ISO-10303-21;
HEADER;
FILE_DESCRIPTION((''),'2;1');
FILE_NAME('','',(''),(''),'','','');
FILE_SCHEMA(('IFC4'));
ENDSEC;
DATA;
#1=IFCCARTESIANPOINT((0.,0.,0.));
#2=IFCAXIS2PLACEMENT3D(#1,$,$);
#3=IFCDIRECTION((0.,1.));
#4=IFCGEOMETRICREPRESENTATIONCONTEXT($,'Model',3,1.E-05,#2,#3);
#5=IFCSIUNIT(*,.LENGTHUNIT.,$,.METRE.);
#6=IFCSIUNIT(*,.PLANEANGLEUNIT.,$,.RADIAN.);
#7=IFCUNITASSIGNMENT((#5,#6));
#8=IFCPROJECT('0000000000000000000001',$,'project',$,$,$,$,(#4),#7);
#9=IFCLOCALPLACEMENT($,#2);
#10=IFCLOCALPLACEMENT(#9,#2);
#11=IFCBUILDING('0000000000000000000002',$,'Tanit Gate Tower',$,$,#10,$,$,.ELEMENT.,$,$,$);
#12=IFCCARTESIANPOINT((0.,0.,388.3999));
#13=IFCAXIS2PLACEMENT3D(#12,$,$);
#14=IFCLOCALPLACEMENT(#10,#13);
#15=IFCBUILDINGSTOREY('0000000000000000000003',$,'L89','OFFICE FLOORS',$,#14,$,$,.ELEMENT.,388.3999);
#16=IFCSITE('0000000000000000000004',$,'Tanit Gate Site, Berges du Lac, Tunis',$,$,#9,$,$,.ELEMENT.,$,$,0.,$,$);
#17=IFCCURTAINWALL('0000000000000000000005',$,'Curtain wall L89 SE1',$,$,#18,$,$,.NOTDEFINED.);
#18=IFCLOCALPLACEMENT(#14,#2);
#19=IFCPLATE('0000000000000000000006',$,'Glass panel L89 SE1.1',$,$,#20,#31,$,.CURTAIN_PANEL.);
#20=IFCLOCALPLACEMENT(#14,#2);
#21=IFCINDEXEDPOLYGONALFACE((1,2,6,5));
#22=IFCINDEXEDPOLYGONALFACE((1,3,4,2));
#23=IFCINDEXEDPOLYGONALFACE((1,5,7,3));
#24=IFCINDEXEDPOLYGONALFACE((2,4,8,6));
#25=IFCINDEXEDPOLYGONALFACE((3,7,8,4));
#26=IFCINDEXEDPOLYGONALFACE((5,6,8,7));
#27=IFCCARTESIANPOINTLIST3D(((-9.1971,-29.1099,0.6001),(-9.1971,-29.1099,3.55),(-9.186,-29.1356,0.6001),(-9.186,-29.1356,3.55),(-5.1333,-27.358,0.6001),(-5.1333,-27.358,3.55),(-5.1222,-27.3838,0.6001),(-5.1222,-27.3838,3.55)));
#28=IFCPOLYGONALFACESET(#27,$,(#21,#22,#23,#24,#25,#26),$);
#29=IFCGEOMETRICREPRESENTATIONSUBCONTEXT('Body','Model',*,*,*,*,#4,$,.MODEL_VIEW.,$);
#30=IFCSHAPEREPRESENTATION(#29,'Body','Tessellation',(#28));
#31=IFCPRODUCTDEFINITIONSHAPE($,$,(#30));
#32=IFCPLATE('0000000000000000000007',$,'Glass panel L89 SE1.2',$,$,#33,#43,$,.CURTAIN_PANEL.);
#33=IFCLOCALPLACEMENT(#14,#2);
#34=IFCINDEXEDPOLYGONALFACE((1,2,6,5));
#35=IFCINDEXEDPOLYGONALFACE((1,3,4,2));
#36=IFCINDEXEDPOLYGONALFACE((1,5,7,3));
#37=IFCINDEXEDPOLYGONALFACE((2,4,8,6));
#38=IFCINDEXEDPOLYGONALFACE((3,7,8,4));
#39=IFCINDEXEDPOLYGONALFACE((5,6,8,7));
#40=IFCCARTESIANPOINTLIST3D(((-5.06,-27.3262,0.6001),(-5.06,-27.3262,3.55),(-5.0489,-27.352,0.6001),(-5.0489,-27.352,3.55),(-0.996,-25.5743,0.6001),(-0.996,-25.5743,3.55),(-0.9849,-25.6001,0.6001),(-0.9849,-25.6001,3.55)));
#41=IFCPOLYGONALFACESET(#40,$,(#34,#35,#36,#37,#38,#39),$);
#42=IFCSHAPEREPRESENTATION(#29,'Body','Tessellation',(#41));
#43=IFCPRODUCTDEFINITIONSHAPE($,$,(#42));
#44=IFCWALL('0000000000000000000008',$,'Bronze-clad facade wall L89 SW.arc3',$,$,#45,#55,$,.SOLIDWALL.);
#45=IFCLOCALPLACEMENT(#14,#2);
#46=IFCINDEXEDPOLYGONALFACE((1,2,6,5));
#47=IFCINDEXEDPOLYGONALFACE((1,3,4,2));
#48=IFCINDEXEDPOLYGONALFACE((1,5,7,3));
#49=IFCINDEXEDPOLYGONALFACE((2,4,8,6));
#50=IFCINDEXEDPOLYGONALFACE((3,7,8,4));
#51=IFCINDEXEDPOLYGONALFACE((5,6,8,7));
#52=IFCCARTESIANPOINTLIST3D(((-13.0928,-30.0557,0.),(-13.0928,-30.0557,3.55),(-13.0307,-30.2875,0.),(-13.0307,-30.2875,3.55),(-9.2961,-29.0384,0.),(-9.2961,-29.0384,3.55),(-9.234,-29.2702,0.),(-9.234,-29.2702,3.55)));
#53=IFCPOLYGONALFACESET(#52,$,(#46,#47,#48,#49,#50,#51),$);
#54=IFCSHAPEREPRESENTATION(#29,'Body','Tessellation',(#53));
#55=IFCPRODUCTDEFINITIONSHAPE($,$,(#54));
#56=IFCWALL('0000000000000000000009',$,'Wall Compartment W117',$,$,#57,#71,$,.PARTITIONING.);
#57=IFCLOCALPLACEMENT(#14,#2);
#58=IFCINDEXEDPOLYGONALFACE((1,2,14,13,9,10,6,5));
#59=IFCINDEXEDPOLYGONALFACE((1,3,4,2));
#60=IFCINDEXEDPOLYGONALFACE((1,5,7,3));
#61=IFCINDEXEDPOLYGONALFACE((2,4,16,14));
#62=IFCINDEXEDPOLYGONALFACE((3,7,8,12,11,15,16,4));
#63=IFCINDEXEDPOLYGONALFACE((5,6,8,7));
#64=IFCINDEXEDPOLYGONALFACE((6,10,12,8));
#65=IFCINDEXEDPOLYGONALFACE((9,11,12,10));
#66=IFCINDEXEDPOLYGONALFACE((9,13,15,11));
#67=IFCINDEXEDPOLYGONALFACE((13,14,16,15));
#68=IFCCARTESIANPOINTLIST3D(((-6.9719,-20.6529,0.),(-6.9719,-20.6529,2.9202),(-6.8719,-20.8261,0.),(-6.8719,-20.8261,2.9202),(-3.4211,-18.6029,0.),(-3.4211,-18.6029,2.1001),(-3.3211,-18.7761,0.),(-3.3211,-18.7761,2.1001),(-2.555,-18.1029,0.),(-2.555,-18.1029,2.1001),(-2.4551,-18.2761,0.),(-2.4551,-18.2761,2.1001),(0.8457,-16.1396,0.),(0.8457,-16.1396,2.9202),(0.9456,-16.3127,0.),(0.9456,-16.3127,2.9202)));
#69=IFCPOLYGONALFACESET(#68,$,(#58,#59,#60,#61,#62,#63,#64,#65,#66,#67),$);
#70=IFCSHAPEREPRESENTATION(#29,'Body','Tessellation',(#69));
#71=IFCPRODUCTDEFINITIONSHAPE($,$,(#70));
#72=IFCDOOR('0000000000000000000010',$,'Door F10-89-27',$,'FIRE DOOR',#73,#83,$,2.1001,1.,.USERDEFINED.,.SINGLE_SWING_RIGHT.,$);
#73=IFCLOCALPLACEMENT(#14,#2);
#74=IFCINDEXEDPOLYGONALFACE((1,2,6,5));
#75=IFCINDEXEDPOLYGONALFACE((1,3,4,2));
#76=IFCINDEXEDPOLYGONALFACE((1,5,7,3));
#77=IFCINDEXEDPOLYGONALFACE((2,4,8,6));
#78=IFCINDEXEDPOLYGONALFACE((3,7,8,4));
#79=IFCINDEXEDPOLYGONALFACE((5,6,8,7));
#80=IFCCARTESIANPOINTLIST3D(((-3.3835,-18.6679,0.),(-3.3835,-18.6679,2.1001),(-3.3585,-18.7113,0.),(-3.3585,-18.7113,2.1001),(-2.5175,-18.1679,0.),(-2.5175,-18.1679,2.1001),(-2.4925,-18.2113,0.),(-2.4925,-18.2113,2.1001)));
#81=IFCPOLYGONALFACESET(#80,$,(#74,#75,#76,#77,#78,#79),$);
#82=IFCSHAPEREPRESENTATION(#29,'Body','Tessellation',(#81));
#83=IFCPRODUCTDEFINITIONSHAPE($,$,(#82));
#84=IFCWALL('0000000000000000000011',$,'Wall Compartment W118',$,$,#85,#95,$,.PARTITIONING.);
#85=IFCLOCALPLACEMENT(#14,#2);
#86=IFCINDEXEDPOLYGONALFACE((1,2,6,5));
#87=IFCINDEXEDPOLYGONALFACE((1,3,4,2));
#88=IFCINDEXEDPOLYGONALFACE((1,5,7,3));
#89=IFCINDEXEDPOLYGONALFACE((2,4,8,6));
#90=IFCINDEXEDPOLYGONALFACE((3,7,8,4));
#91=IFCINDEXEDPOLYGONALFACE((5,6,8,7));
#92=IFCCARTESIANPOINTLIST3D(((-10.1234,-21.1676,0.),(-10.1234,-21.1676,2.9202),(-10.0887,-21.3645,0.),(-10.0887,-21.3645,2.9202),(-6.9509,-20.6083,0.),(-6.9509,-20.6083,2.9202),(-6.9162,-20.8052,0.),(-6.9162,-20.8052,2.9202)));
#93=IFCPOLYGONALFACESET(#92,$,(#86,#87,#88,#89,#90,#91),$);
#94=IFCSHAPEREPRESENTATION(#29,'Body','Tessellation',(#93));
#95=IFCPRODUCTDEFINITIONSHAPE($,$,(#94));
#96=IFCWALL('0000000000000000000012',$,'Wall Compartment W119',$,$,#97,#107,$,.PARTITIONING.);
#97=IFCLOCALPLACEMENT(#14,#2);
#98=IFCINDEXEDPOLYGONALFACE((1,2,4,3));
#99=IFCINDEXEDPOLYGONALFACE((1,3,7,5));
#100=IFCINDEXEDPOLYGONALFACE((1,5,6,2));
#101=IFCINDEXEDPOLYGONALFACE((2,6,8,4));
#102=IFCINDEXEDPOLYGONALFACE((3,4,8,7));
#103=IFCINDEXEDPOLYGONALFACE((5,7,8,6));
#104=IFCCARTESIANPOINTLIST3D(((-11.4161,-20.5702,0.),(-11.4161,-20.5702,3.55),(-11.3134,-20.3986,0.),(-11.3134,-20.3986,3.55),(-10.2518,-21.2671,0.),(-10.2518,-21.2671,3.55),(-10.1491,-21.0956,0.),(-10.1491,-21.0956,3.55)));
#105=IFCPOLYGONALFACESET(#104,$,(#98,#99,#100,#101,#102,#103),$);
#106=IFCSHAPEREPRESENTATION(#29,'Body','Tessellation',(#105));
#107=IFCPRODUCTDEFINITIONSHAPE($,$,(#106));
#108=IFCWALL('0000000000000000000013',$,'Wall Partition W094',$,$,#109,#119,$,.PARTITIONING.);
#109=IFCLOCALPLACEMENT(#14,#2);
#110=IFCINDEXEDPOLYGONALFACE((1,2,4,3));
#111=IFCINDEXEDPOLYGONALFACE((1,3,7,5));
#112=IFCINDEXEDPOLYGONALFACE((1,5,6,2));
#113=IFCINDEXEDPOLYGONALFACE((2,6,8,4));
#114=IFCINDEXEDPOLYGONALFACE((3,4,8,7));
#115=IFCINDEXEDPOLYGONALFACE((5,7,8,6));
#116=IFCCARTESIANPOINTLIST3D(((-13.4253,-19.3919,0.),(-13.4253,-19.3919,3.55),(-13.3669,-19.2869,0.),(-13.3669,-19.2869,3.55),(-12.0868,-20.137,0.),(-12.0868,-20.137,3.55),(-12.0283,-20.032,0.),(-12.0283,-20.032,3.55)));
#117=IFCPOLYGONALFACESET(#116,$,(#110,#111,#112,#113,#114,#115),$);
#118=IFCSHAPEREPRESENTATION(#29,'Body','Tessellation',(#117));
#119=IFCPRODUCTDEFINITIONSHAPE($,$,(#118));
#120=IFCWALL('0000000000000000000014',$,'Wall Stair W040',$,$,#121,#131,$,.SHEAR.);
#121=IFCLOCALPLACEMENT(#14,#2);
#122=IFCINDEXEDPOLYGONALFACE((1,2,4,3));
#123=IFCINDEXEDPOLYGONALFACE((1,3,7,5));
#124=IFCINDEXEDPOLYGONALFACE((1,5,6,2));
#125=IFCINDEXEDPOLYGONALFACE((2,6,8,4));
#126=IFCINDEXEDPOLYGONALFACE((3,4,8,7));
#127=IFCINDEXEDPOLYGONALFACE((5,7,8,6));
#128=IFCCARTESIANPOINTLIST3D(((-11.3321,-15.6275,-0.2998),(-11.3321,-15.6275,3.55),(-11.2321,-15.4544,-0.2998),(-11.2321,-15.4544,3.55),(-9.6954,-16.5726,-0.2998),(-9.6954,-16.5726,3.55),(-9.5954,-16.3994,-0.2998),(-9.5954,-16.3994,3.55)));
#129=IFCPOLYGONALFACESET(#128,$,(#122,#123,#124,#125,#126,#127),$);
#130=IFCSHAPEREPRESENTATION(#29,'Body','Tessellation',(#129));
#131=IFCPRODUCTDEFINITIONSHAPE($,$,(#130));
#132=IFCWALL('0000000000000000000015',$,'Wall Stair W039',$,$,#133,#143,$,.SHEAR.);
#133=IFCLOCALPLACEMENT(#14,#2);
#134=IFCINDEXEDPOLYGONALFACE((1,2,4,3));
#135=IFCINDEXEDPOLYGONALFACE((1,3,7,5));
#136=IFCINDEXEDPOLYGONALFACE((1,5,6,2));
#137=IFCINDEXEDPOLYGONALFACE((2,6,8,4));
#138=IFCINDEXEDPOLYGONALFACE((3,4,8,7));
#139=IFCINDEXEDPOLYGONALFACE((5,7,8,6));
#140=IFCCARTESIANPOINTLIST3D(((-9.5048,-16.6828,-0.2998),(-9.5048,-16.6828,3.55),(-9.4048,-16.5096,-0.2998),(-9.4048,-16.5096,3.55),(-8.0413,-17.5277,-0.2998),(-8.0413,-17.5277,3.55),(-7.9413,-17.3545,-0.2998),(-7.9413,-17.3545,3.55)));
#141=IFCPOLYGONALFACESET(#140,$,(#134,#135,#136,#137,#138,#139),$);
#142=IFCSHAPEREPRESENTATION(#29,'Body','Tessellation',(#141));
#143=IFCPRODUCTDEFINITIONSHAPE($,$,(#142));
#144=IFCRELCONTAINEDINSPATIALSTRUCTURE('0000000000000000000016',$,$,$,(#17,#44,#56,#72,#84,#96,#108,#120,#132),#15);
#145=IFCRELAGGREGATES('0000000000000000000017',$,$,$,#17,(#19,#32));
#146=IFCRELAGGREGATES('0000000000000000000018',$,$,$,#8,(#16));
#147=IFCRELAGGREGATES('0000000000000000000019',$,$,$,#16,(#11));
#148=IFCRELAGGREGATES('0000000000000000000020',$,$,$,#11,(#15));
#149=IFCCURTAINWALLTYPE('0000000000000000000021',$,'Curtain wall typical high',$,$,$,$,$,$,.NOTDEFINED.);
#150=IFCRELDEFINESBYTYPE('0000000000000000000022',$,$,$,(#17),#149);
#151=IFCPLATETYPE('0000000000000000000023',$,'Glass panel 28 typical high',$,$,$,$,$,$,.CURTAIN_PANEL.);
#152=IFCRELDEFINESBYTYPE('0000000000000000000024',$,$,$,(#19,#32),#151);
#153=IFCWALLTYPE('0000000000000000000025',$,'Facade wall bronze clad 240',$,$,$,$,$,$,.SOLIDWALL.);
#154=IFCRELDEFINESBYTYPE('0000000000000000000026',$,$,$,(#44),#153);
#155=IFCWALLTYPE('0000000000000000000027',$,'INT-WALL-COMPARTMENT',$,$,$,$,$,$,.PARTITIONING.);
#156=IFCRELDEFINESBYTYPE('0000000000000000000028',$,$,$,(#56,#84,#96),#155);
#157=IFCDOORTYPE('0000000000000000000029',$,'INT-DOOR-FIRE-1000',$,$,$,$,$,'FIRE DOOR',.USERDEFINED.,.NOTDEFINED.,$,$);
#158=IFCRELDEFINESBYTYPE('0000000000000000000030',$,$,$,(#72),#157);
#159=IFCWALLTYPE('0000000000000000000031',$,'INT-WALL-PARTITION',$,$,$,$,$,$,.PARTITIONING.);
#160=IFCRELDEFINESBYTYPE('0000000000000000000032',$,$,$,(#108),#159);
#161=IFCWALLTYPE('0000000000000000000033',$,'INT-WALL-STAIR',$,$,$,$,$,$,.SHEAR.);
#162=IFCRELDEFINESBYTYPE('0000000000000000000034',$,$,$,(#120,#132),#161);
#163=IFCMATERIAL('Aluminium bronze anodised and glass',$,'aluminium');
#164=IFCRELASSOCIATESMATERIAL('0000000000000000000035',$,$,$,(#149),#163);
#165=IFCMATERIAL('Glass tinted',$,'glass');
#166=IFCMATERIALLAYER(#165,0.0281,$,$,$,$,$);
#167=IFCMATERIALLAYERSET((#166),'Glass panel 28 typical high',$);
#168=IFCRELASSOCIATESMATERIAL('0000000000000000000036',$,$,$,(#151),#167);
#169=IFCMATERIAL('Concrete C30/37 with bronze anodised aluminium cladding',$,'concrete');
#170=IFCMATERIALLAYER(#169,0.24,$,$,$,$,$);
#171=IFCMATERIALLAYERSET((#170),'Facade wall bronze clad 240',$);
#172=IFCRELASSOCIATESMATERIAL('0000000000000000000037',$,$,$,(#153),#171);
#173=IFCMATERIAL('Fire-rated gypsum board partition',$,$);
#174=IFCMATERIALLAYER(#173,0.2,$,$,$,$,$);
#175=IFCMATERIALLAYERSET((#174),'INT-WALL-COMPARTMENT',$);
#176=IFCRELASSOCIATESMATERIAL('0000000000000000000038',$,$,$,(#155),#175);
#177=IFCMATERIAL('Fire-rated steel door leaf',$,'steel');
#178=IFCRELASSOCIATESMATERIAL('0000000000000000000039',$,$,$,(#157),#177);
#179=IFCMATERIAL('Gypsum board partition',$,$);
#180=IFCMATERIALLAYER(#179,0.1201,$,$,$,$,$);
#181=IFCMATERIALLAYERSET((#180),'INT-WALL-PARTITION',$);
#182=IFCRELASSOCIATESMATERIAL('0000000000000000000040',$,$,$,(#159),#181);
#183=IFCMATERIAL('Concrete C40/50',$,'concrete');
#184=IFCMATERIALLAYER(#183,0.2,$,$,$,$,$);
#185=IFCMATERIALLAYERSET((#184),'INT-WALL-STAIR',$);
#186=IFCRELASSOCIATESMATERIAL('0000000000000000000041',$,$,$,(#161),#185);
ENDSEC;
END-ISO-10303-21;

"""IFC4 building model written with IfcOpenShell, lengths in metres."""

from ifc_helpers import new_model, si_unit, direction, frame, frame_2d, origin, origin_2d, place, context, subcontext, project, spatial, rectangle, extrude, material, layer, layer_set, type_object, element, fill, aggregate, save


model = new_model("IFC4")

# Units and contexts
model_context = context("Model", 3, precision=1e-05, world=origin(), true_north=direction((0.0, 1.0)))
body_context = subcontext(model_context, "Body", "Model", "MODEL_VIEW")
ifc_project = project(units=[si_unit("LENGTHUNIT", "METRE"), si_unit("PLANEANGLEUNIT", "RADIAN")], contexts=[model_context])

# Site, building, storey
site_placement = place(None, origin())
site = spatial("IfcSite", under=ifc_project, at=site_placement, Name="Tanit Gate Site, Berges du Lac, Tunis", CompositionType="ELEMENT", RefElevation=0.0)
building_placement = place(site_placement, origin())
building = spatial("IfcBuilding", under=site, at=building_placement, Name="Tanit Gate Tower", CompositionType="ELEMENT")
storey_placement = place(building_placement, frame((0.0, 0.0, 388.3999)))
storey = spatial("IfcBuildingStorey", under=building, at=storey_placement, Name="L89", Description="OFFICE FLOORS", CompositionType="ELEMENT", Elevation=388.3999)

# Curtain wall
ifc_material_1 = material(Name="Aluminium bronze anodised and glass", Category="aluminium")
curtain_wall_type = type_object("IfcCurtainWallType", Name="Curtain wall typical high", PredefinedType="NOTDEFINED", material=ifc_material_1)
curtain_wall_placement = place(storey_placement, origin())
curtain_wall = element("IfcCurtainWall", 1, at=curtain_wall_placement, inside=storey, type_object=curtain_wall_type, Name="Curtain wall L89 SE1", PredefinedType="NOTDEFINED")

# Plates
ifc_material_2 = material(Name="Glass tinted", Category="glass")
ifc_layer_1 = layer(ifc_material_2, 0.0281)
ifc_layer_set_1 = layer_set([ifc_layer_1], Name="Glass panel 28 typical high")
plate_type = type_object("IfcPlateType", Name="Glass panel 28 typical high", PredefinedType="CURTAIN_PANEL", material=ifc_layer_set_1)
plate_1_placement = place(storey_placement, frame((-7.1597, -28.2468, 0.6001), z_axis=(0.0, 0.0, 1.0), x_axis=(0.918306, 0.395871, 0.0)))
plate_1 = element("IfcPlate", 2, at=plate_1_placement, type_object=plate_type, Name="Glass panel L89 SE1.1", PredefinedType="CURTAIN_PANEL", context=body_context, shape_type="SweptSolid", body=[
    extrude(rectangle(XDim=4.4253, YDim=0.0281, at=origin_2d()), origin(), (0.0, 0.0, 1.0), 2.95),
])
plate_2_placement = place(storey_placement, frame((-3.0225, -26.4631, 0.6001), z_axis=(0.0, 0.0, 1.0), x_axis=(0.918306, 0.395871, 0.0)))
plate_2 = element("IfcPlate", 3, at=plate_2_placement, type_object=plate_type, Name="Glass panel L89 SE1.2", PredefinedType="CURTAIN_PANEL", context=body_context, shape_type="SweptSolid", body=[
    extrude(rectangle(XDim=4.4255, YDim=0.0281, at=origin_2d()), origin(), (0.0, 0.0, 1.0), 2.95),
])
aggregate(curtain_wall, [plate_1, plate_2])

# Wall
ifc_material_3 = material(Name="Concrete C30/37 with bronze anodised aluminium cladding", Category="concrete")
ifc_layer_2 = layer(ifc_material_3, 0.24)
ifc_layer_set_2 = layer_set([ifc_layer_2], Name="Facade wall bronze clad 240")
wall_type_1 = type_object("IfcWallType", Name="Facade wall bronze clad 240", PredefinedType="SOLIDWALL", material=ifc_layer_set_2)
wall_1_placement = place(storey_placement, frame((-13.0618, -30.1716, 0.0), z_axis=(0.0, 0.0, 1.0), x_axis=(0.965924, 0.258826, 0.0)))
element("IfcWall", 4, at=wall_1_placement, inside=storey, type_object=wall_type_1, Name="Bronze-clad facade wall L89 SW.arc3", PredefinedType="SOLIDWALL", context=body_context, shape_type="SweptSolid", body=[
    extrude(rectangle(XDim=3.9307, YDim=0.24, at=frame_2d((1.9653, 0.0))), origin(), (0.0, 0.0, 1.0), 3.55),
])

# Wall, opening, door
ifc_material_4 = material(Name="Fire-rated gypsum board partition")
ifc_layer_3 = layer(ifc_material_4, 0.2)
ifc_layer_set_3 = layer_set([ifc_layer_3], Name="INT-WALL-COMPARTMENT")
wall_type_2 = type_object("IfcWallType", Name="INT-WALL-COMPARTMENT", PredefinedType="PARTITIONING", material=ifc_layer_set_3)
wall_2_placement = place(storey_placement, frame((-6.9219, -20.7395, 0.0), z_axis=(0.0, 0.0, 1.0), x_axis=(0.866029, 0.499993, 0.0)))
wall_2 = element("IfcWall", 5, at=wall_2_placement, inside=storey, type_object=wall_type_2, Name="Wall Compartment W117", PredefinedType="PARTITIONING", context=body_context, shape_type="SweptSolid", body=[
    extrude(rectangle(XDim=9.0269, YDim=0.2, at=frame_2d((4.5134, 0.0))), origin(), (0.0, 0.0, 1.0), 2.9202),
])
opening_1_placement = place(wall_2_placement, frame((4.1001, 0.0, 0.0)))
opening_1 = element("IfcOpeningElement", 6, at=opening_1_placement, cuts=wall_2, PredefinedType="OPENING", context=body_context, shape_type="SweptSolid", body=[
    extrude(rectangle(XDim=1.0, YDim=2.1001, at=frame_2d((0.5, 1.05))), frame((0.0, 0.1099, 0.0), z_axis=(0.0, -1.0, 0.0), x_axis=(1.0, 0.0, 0.0)), (0.0, 0.0, 1.0), 0.22),
])
ifc_material_5 = material(Name="Fire-rated steel door leaf", Category="steel")
door_type_1 = type_object("IfcDoorType", Name="INT-DOOR-FIRE-1000", ElementType="FIRE DOOR", OperationType="NOTDEFINED", PredefinedType="USERDEFINED", material=ifc_material_5)
door_1_placement = place(opening_1_placement, origin())
door_1 = element("IfcDoor", 7, at=door_1_placement, inside=storey, type_object=door_type_1, Name="Door F10-89-27", ObjectType="FIRE DOOR", OperationType="SINGLE_SWING_RIGHT", OverallHeight=2.1001, OverallWidth=1.0, PredefinedType="USERDEFINED", context=body_context, shape_type="SweptSolid", body=[
    extrude(rectangle(XDim=1.0, YDim=2.1001, at=frame_2d((0.5, 1.05))), frame((0.0, 0.0249, 0.0), z_axis=(0.0, -1.0, 0.0), x_axis=(1.0, 0.0, 0.0)), (0.0, 0.0, 1.0), 0.05),
])
fill(opening_1, door_1)

# Walls
wall_3_placement = place(storey_placement, frame((-10.1062, -21.2661, 0.0), z_axis=(0.0, 0.0, 1.0), x_axis=(0.984813, 0.173621, 0.0)))
element("IfcWall", 8, at=wall_3_placement, inside=storey, type_object=wall_type_2, Name="Wall Compartment W118", PredefinedType="PARTITIONING", context=body_context, shape_type="SweptSolid", body=[
    extrude(rectangle(XDim=3.2214, YDim=0.2, at=frame_2d((1.6108, 0.0))), origin(), (0.0, 0.0, 1.0), 2.9202),
])
wall_4_placement = place(storey_placement, frame((-11.3647, -20.4844, 0.0), z_axis=(0.0, 0.0, 1.0), x_axis=(0.858, -0.513649, 0.0)))
element("IfcWall", 9, at=wall_4_placement, inside=storey, type_object=wall_type_2, Name="Wall Compartment W119", PredefinedType="PARTITIONING", context=body_context, shape_type="SweptSolid", body=[
    extrude(rectangle(XDim=1.3569, YDim=0.2, at=frame_2d((0.6785, 0.0))), origin(), (0.0, 0.0, 1.0), 3.55),
])
ifc_material_6 = material(Name="Gypsum board partition")
ifc_layer_4 = layer(ifc_material_6, 0.1201)
ifc_layer_set_4 = layer_set([ifc_layer_4], Name="INT-WALL-PARTITION")
wall_type_3 = type_object("IfcWallType", Name="INT-WALL-PARTITION", PredefinedType="PARTITIONING", material=ifc_layer_set_4)
wall_5_placement = place(storey_placement, frame((-13.3962, -19.3394, 0.0), z_axis=(0.0, 0.0, 1.0), x_axis=(0.873759, -0.48636, 0.0)))
element("IfcWall", 10, at=wall_5_placement, inside=storey, type_object=wall_type_3, Name="Wall Partition W094", PredefinedType="PARTITIONING", context=body_context, shape_type="SweptSolid", body=[
    extrude(rectangle(XDim=1.532, YDim=0.1201, at=frame_2d((0.7661, 0.0))), origin(), (0.0, 0.0, 1.0), 3.55),
])
ifc_material_7 = material(Name="Concrete C40/50", Category="concrete")
ifc_layer_5 = layer(ifc_material_7, 0.2)
ifc_layer_set_5 = layer_set([ifc_layer_5], Name="INT-WALL-STAIR")
wall_type_4 = type_object("IfcWallType", Name="INT-WALL-STAIR", PredefinedType="SHEAR", material=ifc_layer_set_5)
wall_6_placement = place(storey_placement, frame((-11.282, -15.541, -0.2998), z_axis=(0.0, 0.0, 1.0), x_axis=(0.866001, -0.500043, 0.0)))
element("IfcWall", 11, at=wall_6_placement, inside=storey, type_object=wall_type_4, Name="Wall Stair W040", PredefinedType="SHEAR", context=body_context, shape_type="SweptSolid", body=[
    extrude(rectangle(XDim=1.8899, YDim=0.2, at=frame_2d((0.9448, 0.0))), origin(), (0.0, 0.0, 1.0), 3.8499),
])
wall_7_placement = place(storey_placement, frame((-9.4548, -16.5962, -0.2998), z_axis=(0.0, 0.0, 1.0), x_axis=(0.866039, -0.499977, 0.0)))
element("IfcWall", 12, at=wall_7_placement, inside=storey, type_object=wall_type_4, Name="Wall Stair W039", PredefinedType="SHEAR", context=body_context, shape_type="SweptSolid", body=[
    extrude(rectangle(XDim=1.6899, YDim=0.2, at=frame_2d((0.845, 0.0))), origin(), (0.0, 0.0, 1.0), 3.8499),
])

save(model, "model.ifc")
